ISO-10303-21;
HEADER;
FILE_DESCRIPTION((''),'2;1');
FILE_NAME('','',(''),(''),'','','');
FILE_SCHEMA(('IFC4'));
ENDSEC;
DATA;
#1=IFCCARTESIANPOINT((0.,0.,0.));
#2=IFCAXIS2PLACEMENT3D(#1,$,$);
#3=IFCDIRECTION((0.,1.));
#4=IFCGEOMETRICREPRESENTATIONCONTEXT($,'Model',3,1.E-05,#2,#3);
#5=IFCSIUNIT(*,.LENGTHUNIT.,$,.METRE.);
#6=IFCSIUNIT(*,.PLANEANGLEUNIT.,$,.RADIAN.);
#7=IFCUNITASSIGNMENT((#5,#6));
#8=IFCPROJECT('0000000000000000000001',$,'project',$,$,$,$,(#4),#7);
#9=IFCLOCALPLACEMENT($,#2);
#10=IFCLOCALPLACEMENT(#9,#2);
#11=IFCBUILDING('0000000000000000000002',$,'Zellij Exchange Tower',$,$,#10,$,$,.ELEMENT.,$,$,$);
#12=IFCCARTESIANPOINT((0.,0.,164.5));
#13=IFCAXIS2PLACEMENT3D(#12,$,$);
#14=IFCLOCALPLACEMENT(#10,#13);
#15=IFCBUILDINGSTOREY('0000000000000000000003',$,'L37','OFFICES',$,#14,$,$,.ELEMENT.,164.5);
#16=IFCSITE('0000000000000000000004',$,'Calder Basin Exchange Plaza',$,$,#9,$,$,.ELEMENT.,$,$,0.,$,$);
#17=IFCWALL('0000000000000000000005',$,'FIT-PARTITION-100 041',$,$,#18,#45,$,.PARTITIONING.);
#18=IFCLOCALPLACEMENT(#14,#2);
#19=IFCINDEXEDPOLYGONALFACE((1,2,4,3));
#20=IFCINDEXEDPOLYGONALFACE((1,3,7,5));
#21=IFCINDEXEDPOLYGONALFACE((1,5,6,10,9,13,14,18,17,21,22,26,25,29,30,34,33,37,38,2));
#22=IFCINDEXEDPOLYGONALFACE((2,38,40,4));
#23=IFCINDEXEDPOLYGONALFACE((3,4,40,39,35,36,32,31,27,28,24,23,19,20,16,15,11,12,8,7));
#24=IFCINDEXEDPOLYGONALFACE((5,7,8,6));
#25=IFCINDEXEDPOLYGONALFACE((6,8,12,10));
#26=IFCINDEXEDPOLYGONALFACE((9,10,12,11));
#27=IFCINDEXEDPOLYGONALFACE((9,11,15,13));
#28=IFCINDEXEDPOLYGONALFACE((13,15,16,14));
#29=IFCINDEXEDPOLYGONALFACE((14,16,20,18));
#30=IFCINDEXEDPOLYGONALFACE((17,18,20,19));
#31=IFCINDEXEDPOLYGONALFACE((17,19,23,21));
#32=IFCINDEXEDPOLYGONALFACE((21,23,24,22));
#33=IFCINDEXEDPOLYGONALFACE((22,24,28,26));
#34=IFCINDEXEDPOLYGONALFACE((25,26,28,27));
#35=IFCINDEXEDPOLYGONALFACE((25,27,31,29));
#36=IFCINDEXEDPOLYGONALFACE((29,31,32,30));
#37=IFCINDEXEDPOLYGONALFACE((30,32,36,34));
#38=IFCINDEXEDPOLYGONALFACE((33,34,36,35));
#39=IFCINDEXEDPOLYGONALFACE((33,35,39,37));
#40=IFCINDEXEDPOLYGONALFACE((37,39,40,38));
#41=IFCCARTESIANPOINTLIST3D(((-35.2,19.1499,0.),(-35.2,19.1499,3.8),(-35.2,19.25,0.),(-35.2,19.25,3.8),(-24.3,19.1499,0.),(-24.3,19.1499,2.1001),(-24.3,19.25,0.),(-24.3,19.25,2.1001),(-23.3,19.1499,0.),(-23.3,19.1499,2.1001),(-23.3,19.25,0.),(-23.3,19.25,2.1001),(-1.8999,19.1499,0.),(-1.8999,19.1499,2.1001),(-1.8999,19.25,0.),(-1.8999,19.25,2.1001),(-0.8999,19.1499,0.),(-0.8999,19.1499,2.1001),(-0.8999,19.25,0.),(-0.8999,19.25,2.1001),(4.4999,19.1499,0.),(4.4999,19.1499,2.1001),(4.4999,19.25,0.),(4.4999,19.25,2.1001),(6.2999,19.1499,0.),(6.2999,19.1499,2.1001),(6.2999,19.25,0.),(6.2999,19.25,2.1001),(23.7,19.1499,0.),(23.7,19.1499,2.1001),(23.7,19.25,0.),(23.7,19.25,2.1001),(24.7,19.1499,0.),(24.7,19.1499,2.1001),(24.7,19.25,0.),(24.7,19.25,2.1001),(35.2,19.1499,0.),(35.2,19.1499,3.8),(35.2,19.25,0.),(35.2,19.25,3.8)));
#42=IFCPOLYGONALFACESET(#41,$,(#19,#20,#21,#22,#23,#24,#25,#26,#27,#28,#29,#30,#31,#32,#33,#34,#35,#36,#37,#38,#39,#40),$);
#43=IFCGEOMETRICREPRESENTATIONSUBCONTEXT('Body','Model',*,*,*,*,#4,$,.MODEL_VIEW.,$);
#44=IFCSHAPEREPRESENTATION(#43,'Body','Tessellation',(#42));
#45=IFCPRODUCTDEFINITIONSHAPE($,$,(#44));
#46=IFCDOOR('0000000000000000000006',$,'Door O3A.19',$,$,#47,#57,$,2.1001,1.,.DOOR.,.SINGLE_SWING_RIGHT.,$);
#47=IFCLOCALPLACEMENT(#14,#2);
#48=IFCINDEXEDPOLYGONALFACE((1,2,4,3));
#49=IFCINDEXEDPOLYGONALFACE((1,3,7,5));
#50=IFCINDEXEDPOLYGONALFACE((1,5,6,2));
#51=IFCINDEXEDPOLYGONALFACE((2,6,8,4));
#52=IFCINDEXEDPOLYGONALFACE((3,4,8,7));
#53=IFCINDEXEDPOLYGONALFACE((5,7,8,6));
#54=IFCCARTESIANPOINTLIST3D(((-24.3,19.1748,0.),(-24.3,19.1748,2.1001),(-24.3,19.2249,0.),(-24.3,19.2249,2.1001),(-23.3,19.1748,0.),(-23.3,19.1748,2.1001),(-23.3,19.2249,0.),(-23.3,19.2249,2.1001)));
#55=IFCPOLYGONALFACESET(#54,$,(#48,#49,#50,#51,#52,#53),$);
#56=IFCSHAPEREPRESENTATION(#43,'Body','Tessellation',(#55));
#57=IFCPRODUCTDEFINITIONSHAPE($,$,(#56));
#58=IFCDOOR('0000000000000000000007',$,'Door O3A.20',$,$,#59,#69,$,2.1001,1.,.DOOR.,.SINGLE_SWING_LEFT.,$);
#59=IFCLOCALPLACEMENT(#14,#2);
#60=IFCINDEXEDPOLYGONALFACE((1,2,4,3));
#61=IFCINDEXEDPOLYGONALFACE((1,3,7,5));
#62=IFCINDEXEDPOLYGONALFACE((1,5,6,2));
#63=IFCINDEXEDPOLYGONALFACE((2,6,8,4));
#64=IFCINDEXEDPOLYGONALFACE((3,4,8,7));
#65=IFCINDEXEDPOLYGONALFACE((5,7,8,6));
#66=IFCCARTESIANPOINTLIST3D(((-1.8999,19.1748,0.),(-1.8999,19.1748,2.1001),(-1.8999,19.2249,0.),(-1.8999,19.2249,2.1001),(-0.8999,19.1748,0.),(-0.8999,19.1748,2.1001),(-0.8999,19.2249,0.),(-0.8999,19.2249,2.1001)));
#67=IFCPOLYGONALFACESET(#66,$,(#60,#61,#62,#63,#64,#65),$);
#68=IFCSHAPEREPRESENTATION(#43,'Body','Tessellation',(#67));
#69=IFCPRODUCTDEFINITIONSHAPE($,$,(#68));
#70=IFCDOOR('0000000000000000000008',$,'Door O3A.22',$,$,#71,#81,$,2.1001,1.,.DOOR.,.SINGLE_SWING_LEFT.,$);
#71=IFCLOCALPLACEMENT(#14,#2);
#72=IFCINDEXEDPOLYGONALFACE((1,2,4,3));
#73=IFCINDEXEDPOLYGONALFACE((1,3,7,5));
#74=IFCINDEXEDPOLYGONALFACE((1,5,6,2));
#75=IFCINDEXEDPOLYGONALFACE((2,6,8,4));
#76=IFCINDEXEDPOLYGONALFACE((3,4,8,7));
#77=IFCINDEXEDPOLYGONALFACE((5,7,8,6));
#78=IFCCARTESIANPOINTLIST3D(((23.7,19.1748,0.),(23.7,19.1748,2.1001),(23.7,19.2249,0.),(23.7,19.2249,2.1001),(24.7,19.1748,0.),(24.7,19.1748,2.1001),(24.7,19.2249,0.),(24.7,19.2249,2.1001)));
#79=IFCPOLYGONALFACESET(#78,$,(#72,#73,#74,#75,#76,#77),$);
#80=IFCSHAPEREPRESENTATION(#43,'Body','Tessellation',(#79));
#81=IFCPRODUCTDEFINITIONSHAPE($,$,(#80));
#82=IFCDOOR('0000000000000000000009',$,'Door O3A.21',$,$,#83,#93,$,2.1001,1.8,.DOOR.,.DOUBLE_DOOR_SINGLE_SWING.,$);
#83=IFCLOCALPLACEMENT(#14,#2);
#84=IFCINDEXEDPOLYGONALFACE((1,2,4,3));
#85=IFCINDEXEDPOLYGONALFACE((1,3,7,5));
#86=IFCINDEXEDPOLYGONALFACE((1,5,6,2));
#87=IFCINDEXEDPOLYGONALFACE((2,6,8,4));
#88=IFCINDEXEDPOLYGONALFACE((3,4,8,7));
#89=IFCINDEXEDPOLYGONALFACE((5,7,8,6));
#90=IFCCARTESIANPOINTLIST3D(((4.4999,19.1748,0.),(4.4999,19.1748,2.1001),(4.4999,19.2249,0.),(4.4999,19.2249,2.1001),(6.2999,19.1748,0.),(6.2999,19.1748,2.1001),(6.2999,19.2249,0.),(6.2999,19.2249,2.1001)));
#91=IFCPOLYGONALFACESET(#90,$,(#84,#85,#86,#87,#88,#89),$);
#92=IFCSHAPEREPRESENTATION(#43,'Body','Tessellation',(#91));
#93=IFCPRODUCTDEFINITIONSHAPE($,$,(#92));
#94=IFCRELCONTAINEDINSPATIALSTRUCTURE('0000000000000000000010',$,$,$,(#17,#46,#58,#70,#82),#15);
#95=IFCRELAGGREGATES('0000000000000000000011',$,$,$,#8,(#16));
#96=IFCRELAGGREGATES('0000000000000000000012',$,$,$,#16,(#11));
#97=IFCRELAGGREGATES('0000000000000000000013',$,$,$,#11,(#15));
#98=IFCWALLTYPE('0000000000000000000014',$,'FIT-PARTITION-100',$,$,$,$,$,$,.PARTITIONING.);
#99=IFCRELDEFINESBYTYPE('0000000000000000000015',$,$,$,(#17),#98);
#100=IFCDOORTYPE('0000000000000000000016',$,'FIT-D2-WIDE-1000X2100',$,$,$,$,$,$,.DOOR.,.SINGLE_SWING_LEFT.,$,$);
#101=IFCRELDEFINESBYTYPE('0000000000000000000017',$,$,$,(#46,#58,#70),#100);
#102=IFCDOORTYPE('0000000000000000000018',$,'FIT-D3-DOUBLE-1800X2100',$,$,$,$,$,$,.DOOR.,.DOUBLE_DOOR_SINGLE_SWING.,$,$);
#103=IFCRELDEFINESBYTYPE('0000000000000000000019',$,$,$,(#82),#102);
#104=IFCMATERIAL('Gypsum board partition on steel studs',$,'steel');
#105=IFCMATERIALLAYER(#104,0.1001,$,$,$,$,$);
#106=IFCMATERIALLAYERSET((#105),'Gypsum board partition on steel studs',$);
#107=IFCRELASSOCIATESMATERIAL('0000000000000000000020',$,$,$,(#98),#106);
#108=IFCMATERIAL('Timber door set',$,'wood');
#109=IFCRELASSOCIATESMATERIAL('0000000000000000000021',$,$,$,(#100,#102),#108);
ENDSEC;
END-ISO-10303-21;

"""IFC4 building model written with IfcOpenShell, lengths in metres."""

from ifc_helpers import new_model, si_unit, direction, frame, frame_2d, origin, place, context, subcontext, project, spatial, rectangle, extrude, material, layer, layer_set, type_object, element, fill, save


model = new_model("IFC4")

# Units and contexts
model_context = context("Model", 3, precision=1e-05, world=origin(), true_north=direction((0.0, 1.0)))
body_context = subcontext(model_context, "Body", "Model", "MODEL_VIEW")
ifc_project = project(units=[si_unit("LENGTHUNIT", "METRE"), si_unit("PLANEANGLEUNIT", "RADIAN")], contexts=[model_context])

# Site, building, storey
site_placement = place(None, origin())
site = spatial("IfcSite", under=ifc_project, at=site_placement, Name="Calder Basin Exchange Plaza", CompositionType="ELEMENT", RefElevation=0.0)
building_placement = place(site_placement, origin())
building = spatial("IfcBuilding", under=site, at=building_placement, Name="Zellij Exchange Tower", CompositionType="ELEMENT")
storey_placement = place(building_placement, frame((0.0, 0.0, 164.5)))
storey = spatial("IfcBuildingStorey", under=building, at=storey_placement, Name="L37", Description="OFFICES", CompositionType="ELEMENT", Elevation=164.5)

# Wall, openings, doors
ifc_material_1 = material(Name="Gypsum board partition on steel studs", Category="steel")
ifc_layer_1 = layer(ifc_material_1, 0.1001)
ifc_layer_set_1 = layer_set([ifc_layer_1], Name="Gypsum board partition on steel studs")
wall_type_1 = type_object("IfcWallType", Name="FIT-PARTITION-100", PredefinedType="PARTITIONING", material=ifc_layer_set_1)
wall_1_placement = place(storey_placement, frame((-35.2, 19.2, 0.0), z_axis=(0.0, 0.0, 1.0), x_axis=(1.0, 0.0, 0.0)))
wall_1 = element("IfcWall", 1, at=wall_1_placement, inside=storey, type_object=wall_type_1, Name="FIT-PARTITION-100 041", PredefinedType="PARTITIONING", context=body_context, shape_type="SweptSolid", body=[
    extrude(rectangle(XDim=70.3999, YDim=0.1001, at=frame_2d((35.2, 0.0))), origin(), (0.0, 0.0, 1.0), 3.8),
])
opening_1_placement = place(wall_1_placement, frame((10.8999, 0.0, 0.0)))
opening_1 = element("IfcOpeningElement", 2, at=opening_1_placement, cuts=wall_1, PredefinedType="OPENING", context=body_context, shape_type="SweptSolid", body=[
    extrude(rectangle(XDim=1.0, YDim=2.1001, at=frame_2d((0.5, 1.05))), frame((0.0, 0.062, 0.0), z_axis=(0.0, -1.0, 0.0), x_axis=(1.0, 0.0, 0.0)), (0.0, 0.0, 1.0), 0.124),
])
opening_2_placement = place(wall_1_placement, frame((33.3, 0.0, 0.0)))
opening_2 = element("IfcOpeningElement", 3, at=opening_2_placement, cuts=wall_1, PredefinedType="OPENING", context=body_context, shape_type="SweptSolid", body=[
    extrude(rectangle(XDim=1.0, YDim=2.1001, at=frame_2d((0.5, 1.05))), frame((0.0, 0.062, 0.0), z_axis=(0.0, -1.0, 0.0), x_axis=(1.0, 0.0, 0.0)), (0.0, 0.0, 1.0), 0.124),
])
opening_3_placement = place(wall_1_placement, frame((39.7, 0.0, 0.0)))
opening_3 = element("IfcOpeningElement", 4, at=opening_3_placement, cuts=wall_1, PredefinedType="OPENING", context=body_context, shape_type="SweptSolid", body=[
    extrude(rectangle(XDim=1.8, YDim=2.1001, at=frame_2d((0.8999, 1.05))), frame((0.0, 0.062, 0.0), z_axis=(0.0, -1.0, 0.0), x_axis=(1.0, 0.0, 0.0)), (0.0, 0.0, 1.0), 0.124),
])
opening_4_placement = place(wall_1_placement, frame((58.8999, 0.0, 0.0)))
opening_4 = element("IfcOpeningElement", 5, at=opening_4_placement, cuts=wall_1, PredefinedType="OPENING", context=body_context, shape_type="SweptSolid", body=[
    extrude(rectangle(XDim=1.0, YDim=2.1001, at=frame_2d((0.5, 1.05))), frame((0.0, 0.062, 0.0), z_axis=(0.0, -1.0, 0.0), x_axis=(1.0, 0.0, 0.0)), (0.0, 0.0, 1.0), 0.124),
])
ifc_material_2 = material(Name="Timber door set", Category="wood")
door_type_1 = type_object("IfcDoorType", Name="FIT-D2-WIDE-1000X2100", OperationType="SINGLE_SWING_LEFT", PredefinedType="DOOR", material=ifc_material_2)
door_1_placement = place(opening_1_placement, origin())
door_1 = element("IfcDoor", 6, at=door_1_placement, inside=storey, type_object=door_type_1, Name="Door O3A.19", OperationType="SINGLE_SWING_RIGHT", OverallHeight=2.1001, OverallWidth=1.0, PredefinedType="DOOR", context=body_context, shape_type="SweptSolid", body=[
    extrude(rectangle(XDim=1.0, YDim=2.1001, at=frame_2d((0.5, 1.05))), frame((0.0, 0.0249, 0.0), z_axis=(0.0, -1.0, 0.0), x_axis=(1.0, 0.0, 0.0)), (0.0, 0.0, 1.0), 0.05),
])
fill(opening_1, door_1)
door_2_placement = place(opening_2_placement, origin())
door_2 = element("IfcDoor", 7, at=door_2_placement, inside=storey, type_object=door_type_1, Name="Door O3A.20", OperationType="SINGLE_SWING_LEFT", OverallHeight=2.1001, OverallWidth=1.0, PredefinedType="DOOR", context=body_context, shape_type="SweptSolid", body=[
    extrude(rectangle(XDim=1.0, YDim=2.1001, at=frame_2d((0.5, 1.05))), frame((0.0, 0.0249, 0.0), z_axis=(0.0, -1.0, 0.0), x_axis=(1.0, 0.0, 0.0)), (0.0, 0.0, 1.0), 0.05),
])
fill(opening_2, door_2)
door_3_placement = place(opening_4_placement, origin())
door_3 = element("IfcDoor", 8, at=door_3_placement, inside=storey, type_object=door_type_1, Name="Door O3A.22", OperationType="SINGLE_SWING_LEFT", OverallHeight=2.1001, OverallWidth=1.0, PredefinedType="DOOR", context=body_context, shape_type="SweptSolid", body=[
    extrude(rectangle(XDim=1.0, YDim=2.1001, at=frame_2d((0.5, 1.05))), frame((0.0, 0.0249, 0.0), z_axis=(0.0, -1.0, 0.0), x_axis=(1.0, 0.0, 0.0)), (0.0, 0.0, 1.0), 0.05),
])
fill(opening_4, door_3)
door_type_2 = type_object("IfcDoorType", Name="FIT-D3-DOUBLE-1800X2100", OperationType="DOUBLE_DOOR_SINGLE_SWING", PredefinedType="DOOR", material=ifc_material_2)
door_4_placement = place(opening_3_placement, origin())
door_4 = element("IfcDoor", 9, at=door_4_placement, inside=storey, type_object=door_type_2, Name="Door O3A.21", OperationType="DOUBLE_DOOR_SINGLE_SWING", OverallHeight=2.1001, OverallWidth=1.8, PredefinedType="DOOR", context=body_context, shape_type="SweptSolid", body=[
    extrude(rectangle(XDim=1.8, YDim=2.1001, at=frame_2d((0.8999, 1.05))), frame((0.0, 0.0249, 0.0), z_axis=(0.0, -1.0, 0.0), x_axis=(1.0, 0.0, 0.0)), (0.0, 0.0, 1.0), 0.05),
])
fill(opening_3, door_4)

save(model, "model.ifc")
